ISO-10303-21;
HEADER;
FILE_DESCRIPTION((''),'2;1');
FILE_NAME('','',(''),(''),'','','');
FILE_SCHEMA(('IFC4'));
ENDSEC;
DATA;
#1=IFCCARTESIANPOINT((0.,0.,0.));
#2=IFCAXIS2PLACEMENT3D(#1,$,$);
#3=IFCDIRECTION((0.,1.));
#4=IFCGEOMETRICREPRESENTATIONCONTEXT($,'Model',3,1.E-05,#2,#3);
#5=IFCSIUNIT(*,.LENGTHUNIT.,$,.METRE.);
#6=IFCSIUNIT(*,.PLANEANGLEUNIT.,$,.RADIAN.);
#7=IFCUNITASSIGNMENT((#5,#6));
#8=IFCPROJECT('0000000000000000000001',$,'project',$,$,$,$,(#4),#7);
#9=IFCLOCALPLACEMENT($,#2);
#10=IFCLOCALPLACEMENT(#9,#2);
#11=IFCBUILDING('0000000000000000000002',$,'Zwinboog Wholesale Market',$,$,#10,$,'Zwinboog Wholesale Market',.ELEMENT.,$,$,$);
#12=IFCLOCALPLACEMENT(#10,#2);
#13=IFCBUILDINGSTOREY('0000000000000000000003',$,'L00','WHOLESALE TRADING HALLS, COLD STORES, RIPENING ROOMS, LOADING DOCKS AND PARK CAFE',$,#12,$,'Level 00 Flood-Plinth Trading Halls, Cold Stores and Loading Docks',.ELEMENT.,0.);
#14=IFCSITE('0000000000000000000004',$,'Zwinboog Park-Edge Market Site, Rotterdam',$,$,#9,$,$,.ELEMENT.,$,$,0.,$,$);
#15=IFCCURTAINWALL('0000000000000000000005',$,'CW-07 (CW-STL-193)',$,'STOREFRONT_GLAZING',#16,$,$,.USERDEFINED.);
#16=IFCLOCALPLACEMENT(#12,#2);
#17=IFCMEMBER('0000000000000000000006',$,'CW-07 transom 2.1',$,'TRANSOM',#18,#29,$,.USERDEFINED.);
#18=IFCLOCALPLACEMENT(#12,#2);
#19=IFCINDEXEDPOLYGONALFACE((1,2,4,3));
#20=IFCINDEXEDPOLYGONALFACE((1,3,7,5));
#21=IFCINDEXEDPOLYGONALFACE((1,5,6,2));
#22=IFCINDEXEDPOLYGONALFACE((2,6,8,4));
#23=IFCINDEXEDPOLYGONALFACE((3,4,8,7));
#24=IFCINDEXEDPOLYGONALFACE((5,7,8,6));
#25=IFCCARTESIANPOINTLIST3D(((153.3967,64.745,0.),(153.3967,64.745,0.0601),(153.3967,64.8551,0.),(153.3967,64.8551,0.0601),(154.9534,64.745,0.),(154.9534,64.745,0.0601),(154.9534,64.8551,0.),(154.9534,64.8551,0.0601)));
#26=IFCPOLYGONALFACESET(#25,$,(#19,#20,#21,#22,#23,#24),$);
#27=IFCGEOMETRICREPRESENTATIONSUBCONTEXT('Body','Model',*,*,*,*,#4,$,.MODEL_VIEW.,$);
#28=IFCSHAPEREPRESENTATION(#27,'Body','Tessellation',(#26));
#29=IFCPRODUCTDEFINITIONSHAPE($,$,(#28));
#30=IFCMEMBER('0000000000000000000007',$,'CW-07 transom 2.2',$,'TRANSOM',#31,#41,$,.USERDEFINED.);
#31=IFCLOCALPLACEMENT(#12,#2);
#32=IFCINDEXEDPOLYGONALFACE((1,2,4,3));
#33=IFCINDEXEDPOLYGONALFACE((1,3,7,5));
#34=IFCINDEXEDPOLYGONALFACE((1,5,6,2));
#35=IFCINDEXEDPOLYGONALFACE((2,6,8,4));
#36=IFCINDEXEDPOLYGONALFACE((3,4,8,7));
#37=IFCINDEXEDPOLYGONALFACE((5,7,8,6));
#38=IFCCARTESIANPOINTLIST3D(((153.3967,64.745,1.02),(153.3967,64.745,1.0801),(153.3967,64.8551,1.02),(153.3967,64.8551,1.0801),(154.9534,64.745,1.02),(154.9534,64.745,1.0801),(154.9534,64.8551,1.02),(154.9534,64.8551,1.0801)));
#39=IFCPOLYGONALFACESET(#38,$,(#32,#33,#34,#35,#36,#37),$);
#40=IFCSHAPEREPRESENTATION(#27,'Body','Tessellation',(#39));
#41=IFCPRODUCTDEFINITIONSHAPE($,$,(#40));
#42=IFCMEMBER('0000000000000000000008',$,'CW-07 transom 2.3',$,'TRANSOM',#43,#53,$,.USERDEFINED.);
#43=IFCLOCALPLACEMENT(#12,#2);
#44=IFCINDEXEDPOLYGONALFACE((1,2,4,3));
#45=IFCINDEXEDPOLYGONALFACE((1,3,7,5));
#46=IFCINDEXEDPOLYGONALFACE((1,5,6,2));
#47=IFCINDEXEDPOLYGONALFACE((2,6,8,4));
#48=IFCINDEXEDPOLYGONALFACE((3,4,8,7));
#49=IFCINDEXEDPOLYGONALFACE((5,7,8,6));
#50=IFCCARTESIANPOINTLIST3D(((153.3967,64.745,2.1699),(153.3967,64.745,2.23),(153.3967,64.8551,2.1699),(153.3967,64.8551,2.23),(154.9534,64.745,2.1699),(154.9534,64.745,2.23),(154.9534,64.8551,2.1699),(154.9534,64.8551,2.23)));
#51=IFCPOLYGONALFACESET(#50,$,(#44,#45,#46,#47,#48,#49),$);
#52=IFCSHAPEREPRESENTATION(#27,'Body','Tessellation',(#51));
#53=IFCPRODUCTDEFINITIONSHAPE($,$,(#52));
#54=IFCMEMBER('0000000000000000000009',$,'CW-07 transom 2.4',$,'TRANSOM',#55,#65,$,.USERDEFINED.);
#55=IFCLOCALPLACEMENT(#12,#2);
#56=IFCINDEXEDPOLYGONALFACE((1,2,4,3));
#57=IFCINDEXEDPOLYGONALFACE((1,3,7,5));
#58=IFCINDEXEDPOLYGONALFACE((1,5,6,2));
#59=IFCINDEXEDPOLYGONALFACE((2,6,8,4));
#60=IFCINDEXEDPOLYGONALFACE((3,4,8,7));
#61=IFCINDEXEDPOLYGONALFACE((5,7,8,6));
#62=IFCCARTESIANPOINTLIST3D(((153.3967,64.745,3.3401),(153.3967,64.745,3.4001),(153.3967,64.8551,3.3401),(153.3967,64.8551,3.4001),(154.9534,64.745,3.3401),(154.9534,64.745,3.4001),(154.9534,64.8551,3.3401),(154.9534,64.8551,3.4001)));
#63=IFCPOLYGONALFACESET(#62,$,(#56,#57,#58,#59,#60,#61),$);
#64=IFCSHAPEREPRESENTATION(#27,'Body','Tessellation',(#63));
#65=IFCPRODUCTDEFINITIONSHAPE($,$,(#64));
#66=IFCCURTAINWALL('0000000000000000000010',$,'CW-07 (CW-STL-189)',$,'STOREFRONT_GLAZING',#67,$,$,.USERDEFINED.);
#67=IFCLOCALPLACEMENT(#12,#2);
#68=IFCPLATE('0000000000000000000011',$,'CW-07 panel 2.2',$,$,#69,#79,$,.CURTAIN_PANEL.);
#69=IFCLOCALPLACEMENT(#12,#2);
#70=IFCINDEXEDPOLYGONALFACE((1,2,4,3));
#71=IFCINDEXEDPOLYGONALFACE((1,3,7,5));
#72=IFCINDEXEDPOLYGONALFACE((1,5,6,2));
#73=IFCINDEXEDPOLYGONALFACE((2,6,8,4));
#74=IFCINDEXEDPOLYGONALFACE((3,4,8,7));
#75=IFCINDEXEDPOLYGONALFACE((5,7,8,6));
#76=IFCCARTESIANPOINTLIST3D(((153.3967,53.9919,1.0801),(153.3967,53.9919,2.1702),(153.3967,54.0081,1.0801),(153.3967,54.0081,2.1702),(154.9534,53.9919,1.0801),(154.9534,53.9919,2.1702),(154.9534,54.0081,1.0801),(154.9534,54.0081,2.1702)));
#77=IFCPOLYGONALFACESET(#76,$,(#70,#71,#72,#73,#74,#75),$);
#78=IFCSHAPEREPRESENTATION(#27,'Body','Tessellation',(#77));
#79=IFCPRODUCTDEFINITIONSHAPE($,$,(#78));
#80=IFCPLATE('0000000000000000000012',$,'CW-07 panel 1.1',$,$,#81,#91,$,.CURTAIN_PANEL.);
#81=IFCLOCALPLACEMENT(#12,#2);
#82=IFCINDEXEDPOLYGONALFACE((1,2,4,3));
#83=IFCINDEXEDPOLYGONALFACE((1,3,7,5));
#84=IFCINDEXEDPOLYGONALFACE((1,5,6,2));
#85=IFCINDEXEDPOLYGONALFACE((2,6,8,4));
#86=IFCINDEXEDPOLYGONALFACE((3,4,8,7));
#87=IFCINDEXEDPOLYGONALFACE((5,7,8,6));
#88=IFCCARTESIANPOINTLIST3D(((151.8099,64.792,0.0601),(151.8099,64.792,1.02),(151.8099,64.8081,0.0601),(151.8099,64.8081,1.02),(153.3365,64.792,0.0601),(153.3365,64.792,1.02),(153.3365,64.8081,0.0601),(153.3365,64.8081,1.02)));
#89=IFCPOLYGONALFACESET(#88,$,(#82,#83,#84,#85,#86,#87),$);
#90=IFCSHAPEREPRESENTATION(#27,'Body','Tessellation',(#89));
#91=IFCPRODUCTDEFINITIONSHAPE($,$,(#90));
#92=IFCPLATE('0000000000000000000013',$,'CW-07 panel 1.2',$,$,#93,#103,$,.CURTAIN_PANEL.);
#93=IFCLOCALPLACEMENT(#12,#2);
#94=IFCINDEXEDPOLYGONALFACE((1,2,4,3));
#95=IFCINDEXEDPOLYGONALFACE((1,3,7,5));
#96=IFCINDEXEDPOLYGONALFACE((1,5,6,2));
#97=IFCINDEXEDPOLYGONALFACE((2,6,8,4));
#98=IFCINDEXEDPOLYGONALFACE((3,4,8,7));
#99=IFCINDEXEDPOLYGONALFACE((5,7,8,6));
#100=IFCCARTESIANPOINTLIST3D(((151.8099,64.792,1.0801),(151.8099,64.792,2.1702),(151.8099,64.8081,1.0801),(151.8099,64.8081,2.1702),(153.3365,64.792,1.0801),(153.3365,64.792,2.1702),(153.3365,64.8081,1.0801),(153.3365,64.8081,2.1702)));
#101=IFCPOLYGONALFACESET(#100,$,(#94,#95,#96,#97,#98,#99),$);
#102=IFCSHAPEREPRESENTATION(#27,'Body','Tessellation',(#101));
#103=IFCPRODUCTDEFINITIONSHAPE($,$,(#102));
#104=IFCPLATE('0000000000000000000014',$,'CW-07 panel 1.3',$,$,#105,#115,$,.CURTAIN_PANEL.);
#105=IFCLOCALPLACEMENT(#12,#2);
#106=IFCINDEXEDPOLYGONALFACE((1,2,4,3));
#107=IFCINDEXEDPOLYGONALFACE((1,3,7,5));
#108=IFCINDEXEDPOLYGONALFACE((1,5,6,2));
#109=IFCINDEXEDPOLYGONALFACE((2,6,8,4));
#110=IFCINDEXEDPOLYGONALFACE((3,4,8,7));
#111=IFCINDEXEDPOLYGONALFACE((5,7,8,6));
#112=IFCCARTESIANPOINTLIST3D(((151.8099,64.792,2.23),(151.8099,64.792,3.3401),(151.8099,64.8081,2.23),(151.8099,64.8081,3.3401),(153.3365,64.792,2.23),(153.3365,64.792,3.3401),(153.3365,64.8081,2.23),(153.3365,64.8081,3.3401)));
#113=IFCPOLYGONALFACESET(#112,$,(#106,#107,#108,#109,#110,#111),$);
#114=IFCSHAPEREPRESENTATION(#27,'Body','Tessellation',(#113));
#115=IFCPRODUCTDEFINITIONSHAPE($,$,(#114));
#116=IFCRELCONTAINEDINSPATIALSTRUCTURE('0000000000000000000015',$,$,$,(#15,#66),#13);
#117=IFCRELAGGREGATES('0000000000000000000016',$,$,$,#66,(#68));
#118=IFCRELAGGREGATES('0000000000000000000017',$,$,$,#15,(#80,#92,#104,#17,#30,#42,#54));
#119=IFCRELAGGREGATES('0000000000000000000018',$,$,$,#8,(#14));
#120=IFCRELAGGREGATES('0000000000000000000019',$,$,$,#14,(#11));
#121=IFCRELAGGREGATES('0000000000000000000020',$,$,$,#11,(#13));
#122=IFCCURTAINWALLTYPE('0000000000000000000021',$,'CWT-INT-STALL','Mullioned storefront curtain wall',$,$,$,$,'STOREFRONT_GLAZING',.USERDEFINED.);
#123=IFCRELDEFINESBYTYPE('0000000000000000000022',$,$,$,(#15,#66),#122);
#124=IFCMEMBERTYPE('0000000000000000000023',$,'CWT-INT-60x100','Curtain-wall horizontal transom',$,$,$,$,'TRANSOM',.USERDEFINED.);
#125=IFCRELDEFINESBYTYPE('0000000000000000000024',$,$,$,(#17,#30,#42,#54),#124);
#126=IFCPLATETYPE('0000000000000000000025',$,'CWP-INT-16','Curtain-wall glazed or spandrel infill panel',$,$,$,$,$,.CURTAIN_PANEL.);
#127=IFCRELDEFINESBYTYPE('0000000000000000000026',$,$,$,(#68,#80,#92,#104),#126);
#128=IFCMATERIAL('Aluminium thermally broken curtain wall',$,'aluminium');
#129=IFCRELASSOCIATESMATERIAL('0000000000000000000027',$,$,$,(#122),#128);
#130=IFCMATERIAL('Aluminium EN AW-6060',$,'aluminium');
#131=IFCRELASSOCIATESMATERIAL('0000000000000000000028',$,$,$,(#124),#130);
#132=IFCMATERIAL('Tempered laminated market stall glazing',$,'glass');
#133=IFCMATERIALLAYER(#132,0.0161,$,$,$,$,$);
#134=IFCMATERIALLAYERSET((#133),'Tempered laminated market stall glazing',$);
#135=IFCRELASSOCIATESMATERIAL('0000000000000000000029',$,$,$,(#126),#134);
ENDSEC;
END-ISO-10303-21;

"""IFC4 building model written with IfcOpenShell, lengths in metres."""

from ifc_helpers import new_model, si_unit, direction, frame, origin, origin_2d, place, context, subcontext, project, spatial, rectangle, extrude, material, layer, layer_set, material_profile, profile_set, type_object, element, aggregate, save


model = new_model("IFC4")

# Units and contexts
model_context = context("Model", 3, precision=1e-05, world=origin(), true_north=direction((0.0, 1.0)))
body_context = subcontext(model_context, "Body", "Model", "MODEL_VIEW")
ifc_project = project(units=[si_unit("LENGTHUNIT", "METRE"), si_unit("PLANEANGLEUNIT", "RADIAN")], contexts=[model_context])

# Site, building, storey
site_placement = place(None, origin())
site = spatial("IfcSite", under=ifc_project, at=site_placement, Name="Zwinboog Park-Edge Market Site, Rotterdam", CompositionType="ELEMENT", RefElevation=0.0)
building_placement = place(site_placement, origin())
building = spatial("IfcBuilding", under=site, at=building_placement, Name="Zwinboog Wholesale Market", LongName="Zwinboog Wholesale Market", CompositionType="ELEMENT")
storey_placement = place(building_placement, origin())
storey = spatial("IfcBuildingStorey", under=building, at=storey_placement, Name="L00", Description="WHOLESALE TRADING HALLS, COLD STORES, RIPENING ROOMS, LOADING DOCKS AND PARK CAFE", LongName="Level 00 Flood-Plinth Trading Halls, Cold Stores and Loading Docks", CompositionType="ELEMENT", Elevation=0.0)

# Curtain wall, members
ifc_material_1 = material(Name="Aluminium thermally broken curtain wall", Category="aluminium")
curtain_wall_type = type_object("IfcCurtainWallType", Name="CWT-INT-STALL", Description="Mullioned storefront curtain wall", ElementType="STOREFRONT_GLAZING", PredefinedType="USERDEFINED", material=ifc_material_1)
curtain_wall_1_placement = place(storey_placement, origin())
curtain_wall_1 = element("IfcCurtainWall", 1, at=curtain_wall_1_placement, inside=storey, type_object=curtain_wall_type, Name="CW-07 (CW-STL-193)", ObjectType="STOREFRONT_GLAZING", PredefinedType="USERDEFINED")
ifc_material_2 = material(Name="Aluminium EN AW-6060", Category="aluminium")
ifc_material_profile_1 = material_profile(ifc_material_2, rectangle(XDim=0.1101, YDim=0.0601, at=origin_2d()), Name="AL 60x110")
ifc_profile_set_1 = profile_set([ifc_material_profile_1], Name="Aluminium EN AW-6060")
member_type_1 = type_object("IfcMemberType", Name="CWT-INT-60x100", Description="Curtain-wall horizontal transom", ElementType="TRANSOM", PredefinedType="USERDEFINED", material=ifc_profile_set_1)
member_1_placement = place(storey_placement, frame((153.3967, 64.8, 0.03), z_axis=(1.0, 0.0, 0.0), x_axis=(0.0, 1.0, 0.0)))
member_1 = element("IfcMember", 2, at=member_1_placement, type_object=member_type_1, Name="CW-07 transom 2.1", ObjectType="TRANSOM", PredefinedType="USERDEFINED", context=body_context, shape_type="SweptSolid", body=[
    extrude(rectangle(XDim=0.1101, YDim=0.0601, at=origin_2d()), origin(), (0.0, 0.0, 1.0), 1.5566),
])
member_2_placement = place(storey_placement, frame((153.3967, 64.8, 1.05), z_axis=(1.0, 0.0, 0.0), x_axis=(0.0, 1.0, 0.0)))
member_2 = element("IfcMember", 3, at=member_2_placement, type_object=member_type_1, Name="CW-07 transom 2.2", ObjectType="TRANSOM", PredefinedType="USERDEFINED", context=body_context, shape_type="SweptSolid", body=[
    extrude(rectangle(XDim=0.1101, YDim=0.0601, at=origin_2d()), origin(), (0.0, 0.0, 1.0), 1.5566),
])
member_3_placement = place(storey_placement, frame((153.3967, 64.8, 2.2), z_axis=(1.0, 0.0, 0.0), x_axis=(0.0, 1.0, 0.0)))
member_3 = element("IfcMember", 4, at=member_3_placement, type_object=member_type_1, Name="CW-07 transom 2.3", ObjectType="TRANSOM", PredefinedType="USERDEFINED", context=body_context, shape_type="SweptSolid", body=[
    extrude(rectangle(XDim=0.1101, YDim=0.0601, at=origin_2d()), origin(), (0.0, 0.0, 1.0), 1.5566),
])
member_4_placement = place(storey_placement, frame((153.3967, 64.8, 3.3701), z_axis=(1.0, 0.0, 0.0), x_axis=(0.0, 1.0, 0.0)))
member_4 = element("IfcMember", 5, at=member_4_placement, type_object=member_type_1, Name="CW-07 transom 2.4", ObjectType="TRANSOM", PredefinedType="USERDEFINED", context=body_context, shape_type="SweptSolid", body=[
    extrude(rectangle(XDim=0.1101, YDim=0.0601, at=origin_2d()), origin(), (0.0, 0.0, 1.0), 1.5566),
])

# Curtain wall, plate
curtain_wall_2_placement = place(storey_placement, origin())
curtain_wall_2 = element("IfcCurtainWall", 6, at=curtain_wall_2_placement, inside=storey, type_object=curtain_wall_type, Name="CW-07 (CW-STL-189)", ObjectType="STOREFRONT_GLAZING", PredefinedType="USERDEFINED")
ifc_material_3 = material(Name="Tempered laminated market stall glazing", Category="glass")
ifc_layer = layer(ifc_material_3, 0.0161)
ifc_layer_set = layer_set([ifc_layer], Name="Tempered laminated market stall glazing")
plate_type = type_object("IfcPlateType", Name="CWP-INT-16", Description="Curtain-wall glazed or spandrel infill panel", PredefinedType="CURTAIN_PANEL", material=ifc_layer_set)
plate_1_placement = place(storey_placement, frame((154.175, 54.0, 1.0801), z_axis=(0.0, 0.0, 1.0), x_axis=(1.0, 0.0, 0.0)))
plate_1 = element("IfcPlate", 7, at=plate_1_placement, type_object=plate_type, Name="CW-07 panel 2.2", PredefinedType="CURTAIN_PANEL", context=body_context, shape_type="SweptSolid", body=[
    extrude(rectangle(XDim=1.5566, YDim=0.0161, at=origin_2d()), origin(), (0.0, 0.0, 1.0), 1.0901),
])
aggregate(curtain_wall_2, [plate_1])

# Plates
plate_2_placement = place(storey_placement, frame((152.5732, 64.8, 0.0601), z_axis=(0.0, 0.0, 1.0), x_axis=(1.0, 0.0, 0.0)))
plate_2 = element("IfcPlate", 8, at=plate_2_placement, type_object=plate_type, Name="CW-07 panel 1.1", PredefinedType="CURTAIN_PANEL", context=body_context, shape_type="SweptSolid", body=[
    extrude(rectangle(XDim=1.5266, YDim=0.0161, at=origin_2d()), origin(), (0.0, 0.0, 1.0), 0.96),
])
plate_3_placement = place(storey_placement, frame((152.5732, 64.8, 1.0801), z_axis=(0.0, 0.0, 1.0), x_axis=(1.0, 0.0, 0.0)))
plate_3 = element("IfcPlate", 9, at=plate_3_placement, type_object=plate_type, Name="CW-07 panel 1.2", PredefinedType="CURTAIN_PANEL", context=body_context, shape_type="SweptSolid", body=[
    extrude(rectangle(XDim=1.5266, YDim=0.0161, at=origin_2d()), origin(), (0.0, 0.0, 1.0), 1.0901),
])
plate_4_placement = place(storey_placement, frame((152.5732, 64.8, 2.23), z_axis=(0.0, 0.0, 1.0), x_axis=(1.0, 0.0, 0.0)))
plate_4 = element("IfcPlate", 10, at=plate_4_placement, type_object=plate_type, Name="CW-07 panel 1.3", PredefinedType="CURTAIN_PANEL", context=body_context, shape_type="SweptSolid", body=[
    extrude(rectangle(XDim=1.5266, YDim=0.0161, at=origin_2d()), origin(), (0.0, 0.0, 1.0), 1.1101),
])
aggregate(curtain_wall_1, [plate_2, plate_3, plate_4, member_1, member_2, member_3, member_4])

save(model, "model.ifc")
